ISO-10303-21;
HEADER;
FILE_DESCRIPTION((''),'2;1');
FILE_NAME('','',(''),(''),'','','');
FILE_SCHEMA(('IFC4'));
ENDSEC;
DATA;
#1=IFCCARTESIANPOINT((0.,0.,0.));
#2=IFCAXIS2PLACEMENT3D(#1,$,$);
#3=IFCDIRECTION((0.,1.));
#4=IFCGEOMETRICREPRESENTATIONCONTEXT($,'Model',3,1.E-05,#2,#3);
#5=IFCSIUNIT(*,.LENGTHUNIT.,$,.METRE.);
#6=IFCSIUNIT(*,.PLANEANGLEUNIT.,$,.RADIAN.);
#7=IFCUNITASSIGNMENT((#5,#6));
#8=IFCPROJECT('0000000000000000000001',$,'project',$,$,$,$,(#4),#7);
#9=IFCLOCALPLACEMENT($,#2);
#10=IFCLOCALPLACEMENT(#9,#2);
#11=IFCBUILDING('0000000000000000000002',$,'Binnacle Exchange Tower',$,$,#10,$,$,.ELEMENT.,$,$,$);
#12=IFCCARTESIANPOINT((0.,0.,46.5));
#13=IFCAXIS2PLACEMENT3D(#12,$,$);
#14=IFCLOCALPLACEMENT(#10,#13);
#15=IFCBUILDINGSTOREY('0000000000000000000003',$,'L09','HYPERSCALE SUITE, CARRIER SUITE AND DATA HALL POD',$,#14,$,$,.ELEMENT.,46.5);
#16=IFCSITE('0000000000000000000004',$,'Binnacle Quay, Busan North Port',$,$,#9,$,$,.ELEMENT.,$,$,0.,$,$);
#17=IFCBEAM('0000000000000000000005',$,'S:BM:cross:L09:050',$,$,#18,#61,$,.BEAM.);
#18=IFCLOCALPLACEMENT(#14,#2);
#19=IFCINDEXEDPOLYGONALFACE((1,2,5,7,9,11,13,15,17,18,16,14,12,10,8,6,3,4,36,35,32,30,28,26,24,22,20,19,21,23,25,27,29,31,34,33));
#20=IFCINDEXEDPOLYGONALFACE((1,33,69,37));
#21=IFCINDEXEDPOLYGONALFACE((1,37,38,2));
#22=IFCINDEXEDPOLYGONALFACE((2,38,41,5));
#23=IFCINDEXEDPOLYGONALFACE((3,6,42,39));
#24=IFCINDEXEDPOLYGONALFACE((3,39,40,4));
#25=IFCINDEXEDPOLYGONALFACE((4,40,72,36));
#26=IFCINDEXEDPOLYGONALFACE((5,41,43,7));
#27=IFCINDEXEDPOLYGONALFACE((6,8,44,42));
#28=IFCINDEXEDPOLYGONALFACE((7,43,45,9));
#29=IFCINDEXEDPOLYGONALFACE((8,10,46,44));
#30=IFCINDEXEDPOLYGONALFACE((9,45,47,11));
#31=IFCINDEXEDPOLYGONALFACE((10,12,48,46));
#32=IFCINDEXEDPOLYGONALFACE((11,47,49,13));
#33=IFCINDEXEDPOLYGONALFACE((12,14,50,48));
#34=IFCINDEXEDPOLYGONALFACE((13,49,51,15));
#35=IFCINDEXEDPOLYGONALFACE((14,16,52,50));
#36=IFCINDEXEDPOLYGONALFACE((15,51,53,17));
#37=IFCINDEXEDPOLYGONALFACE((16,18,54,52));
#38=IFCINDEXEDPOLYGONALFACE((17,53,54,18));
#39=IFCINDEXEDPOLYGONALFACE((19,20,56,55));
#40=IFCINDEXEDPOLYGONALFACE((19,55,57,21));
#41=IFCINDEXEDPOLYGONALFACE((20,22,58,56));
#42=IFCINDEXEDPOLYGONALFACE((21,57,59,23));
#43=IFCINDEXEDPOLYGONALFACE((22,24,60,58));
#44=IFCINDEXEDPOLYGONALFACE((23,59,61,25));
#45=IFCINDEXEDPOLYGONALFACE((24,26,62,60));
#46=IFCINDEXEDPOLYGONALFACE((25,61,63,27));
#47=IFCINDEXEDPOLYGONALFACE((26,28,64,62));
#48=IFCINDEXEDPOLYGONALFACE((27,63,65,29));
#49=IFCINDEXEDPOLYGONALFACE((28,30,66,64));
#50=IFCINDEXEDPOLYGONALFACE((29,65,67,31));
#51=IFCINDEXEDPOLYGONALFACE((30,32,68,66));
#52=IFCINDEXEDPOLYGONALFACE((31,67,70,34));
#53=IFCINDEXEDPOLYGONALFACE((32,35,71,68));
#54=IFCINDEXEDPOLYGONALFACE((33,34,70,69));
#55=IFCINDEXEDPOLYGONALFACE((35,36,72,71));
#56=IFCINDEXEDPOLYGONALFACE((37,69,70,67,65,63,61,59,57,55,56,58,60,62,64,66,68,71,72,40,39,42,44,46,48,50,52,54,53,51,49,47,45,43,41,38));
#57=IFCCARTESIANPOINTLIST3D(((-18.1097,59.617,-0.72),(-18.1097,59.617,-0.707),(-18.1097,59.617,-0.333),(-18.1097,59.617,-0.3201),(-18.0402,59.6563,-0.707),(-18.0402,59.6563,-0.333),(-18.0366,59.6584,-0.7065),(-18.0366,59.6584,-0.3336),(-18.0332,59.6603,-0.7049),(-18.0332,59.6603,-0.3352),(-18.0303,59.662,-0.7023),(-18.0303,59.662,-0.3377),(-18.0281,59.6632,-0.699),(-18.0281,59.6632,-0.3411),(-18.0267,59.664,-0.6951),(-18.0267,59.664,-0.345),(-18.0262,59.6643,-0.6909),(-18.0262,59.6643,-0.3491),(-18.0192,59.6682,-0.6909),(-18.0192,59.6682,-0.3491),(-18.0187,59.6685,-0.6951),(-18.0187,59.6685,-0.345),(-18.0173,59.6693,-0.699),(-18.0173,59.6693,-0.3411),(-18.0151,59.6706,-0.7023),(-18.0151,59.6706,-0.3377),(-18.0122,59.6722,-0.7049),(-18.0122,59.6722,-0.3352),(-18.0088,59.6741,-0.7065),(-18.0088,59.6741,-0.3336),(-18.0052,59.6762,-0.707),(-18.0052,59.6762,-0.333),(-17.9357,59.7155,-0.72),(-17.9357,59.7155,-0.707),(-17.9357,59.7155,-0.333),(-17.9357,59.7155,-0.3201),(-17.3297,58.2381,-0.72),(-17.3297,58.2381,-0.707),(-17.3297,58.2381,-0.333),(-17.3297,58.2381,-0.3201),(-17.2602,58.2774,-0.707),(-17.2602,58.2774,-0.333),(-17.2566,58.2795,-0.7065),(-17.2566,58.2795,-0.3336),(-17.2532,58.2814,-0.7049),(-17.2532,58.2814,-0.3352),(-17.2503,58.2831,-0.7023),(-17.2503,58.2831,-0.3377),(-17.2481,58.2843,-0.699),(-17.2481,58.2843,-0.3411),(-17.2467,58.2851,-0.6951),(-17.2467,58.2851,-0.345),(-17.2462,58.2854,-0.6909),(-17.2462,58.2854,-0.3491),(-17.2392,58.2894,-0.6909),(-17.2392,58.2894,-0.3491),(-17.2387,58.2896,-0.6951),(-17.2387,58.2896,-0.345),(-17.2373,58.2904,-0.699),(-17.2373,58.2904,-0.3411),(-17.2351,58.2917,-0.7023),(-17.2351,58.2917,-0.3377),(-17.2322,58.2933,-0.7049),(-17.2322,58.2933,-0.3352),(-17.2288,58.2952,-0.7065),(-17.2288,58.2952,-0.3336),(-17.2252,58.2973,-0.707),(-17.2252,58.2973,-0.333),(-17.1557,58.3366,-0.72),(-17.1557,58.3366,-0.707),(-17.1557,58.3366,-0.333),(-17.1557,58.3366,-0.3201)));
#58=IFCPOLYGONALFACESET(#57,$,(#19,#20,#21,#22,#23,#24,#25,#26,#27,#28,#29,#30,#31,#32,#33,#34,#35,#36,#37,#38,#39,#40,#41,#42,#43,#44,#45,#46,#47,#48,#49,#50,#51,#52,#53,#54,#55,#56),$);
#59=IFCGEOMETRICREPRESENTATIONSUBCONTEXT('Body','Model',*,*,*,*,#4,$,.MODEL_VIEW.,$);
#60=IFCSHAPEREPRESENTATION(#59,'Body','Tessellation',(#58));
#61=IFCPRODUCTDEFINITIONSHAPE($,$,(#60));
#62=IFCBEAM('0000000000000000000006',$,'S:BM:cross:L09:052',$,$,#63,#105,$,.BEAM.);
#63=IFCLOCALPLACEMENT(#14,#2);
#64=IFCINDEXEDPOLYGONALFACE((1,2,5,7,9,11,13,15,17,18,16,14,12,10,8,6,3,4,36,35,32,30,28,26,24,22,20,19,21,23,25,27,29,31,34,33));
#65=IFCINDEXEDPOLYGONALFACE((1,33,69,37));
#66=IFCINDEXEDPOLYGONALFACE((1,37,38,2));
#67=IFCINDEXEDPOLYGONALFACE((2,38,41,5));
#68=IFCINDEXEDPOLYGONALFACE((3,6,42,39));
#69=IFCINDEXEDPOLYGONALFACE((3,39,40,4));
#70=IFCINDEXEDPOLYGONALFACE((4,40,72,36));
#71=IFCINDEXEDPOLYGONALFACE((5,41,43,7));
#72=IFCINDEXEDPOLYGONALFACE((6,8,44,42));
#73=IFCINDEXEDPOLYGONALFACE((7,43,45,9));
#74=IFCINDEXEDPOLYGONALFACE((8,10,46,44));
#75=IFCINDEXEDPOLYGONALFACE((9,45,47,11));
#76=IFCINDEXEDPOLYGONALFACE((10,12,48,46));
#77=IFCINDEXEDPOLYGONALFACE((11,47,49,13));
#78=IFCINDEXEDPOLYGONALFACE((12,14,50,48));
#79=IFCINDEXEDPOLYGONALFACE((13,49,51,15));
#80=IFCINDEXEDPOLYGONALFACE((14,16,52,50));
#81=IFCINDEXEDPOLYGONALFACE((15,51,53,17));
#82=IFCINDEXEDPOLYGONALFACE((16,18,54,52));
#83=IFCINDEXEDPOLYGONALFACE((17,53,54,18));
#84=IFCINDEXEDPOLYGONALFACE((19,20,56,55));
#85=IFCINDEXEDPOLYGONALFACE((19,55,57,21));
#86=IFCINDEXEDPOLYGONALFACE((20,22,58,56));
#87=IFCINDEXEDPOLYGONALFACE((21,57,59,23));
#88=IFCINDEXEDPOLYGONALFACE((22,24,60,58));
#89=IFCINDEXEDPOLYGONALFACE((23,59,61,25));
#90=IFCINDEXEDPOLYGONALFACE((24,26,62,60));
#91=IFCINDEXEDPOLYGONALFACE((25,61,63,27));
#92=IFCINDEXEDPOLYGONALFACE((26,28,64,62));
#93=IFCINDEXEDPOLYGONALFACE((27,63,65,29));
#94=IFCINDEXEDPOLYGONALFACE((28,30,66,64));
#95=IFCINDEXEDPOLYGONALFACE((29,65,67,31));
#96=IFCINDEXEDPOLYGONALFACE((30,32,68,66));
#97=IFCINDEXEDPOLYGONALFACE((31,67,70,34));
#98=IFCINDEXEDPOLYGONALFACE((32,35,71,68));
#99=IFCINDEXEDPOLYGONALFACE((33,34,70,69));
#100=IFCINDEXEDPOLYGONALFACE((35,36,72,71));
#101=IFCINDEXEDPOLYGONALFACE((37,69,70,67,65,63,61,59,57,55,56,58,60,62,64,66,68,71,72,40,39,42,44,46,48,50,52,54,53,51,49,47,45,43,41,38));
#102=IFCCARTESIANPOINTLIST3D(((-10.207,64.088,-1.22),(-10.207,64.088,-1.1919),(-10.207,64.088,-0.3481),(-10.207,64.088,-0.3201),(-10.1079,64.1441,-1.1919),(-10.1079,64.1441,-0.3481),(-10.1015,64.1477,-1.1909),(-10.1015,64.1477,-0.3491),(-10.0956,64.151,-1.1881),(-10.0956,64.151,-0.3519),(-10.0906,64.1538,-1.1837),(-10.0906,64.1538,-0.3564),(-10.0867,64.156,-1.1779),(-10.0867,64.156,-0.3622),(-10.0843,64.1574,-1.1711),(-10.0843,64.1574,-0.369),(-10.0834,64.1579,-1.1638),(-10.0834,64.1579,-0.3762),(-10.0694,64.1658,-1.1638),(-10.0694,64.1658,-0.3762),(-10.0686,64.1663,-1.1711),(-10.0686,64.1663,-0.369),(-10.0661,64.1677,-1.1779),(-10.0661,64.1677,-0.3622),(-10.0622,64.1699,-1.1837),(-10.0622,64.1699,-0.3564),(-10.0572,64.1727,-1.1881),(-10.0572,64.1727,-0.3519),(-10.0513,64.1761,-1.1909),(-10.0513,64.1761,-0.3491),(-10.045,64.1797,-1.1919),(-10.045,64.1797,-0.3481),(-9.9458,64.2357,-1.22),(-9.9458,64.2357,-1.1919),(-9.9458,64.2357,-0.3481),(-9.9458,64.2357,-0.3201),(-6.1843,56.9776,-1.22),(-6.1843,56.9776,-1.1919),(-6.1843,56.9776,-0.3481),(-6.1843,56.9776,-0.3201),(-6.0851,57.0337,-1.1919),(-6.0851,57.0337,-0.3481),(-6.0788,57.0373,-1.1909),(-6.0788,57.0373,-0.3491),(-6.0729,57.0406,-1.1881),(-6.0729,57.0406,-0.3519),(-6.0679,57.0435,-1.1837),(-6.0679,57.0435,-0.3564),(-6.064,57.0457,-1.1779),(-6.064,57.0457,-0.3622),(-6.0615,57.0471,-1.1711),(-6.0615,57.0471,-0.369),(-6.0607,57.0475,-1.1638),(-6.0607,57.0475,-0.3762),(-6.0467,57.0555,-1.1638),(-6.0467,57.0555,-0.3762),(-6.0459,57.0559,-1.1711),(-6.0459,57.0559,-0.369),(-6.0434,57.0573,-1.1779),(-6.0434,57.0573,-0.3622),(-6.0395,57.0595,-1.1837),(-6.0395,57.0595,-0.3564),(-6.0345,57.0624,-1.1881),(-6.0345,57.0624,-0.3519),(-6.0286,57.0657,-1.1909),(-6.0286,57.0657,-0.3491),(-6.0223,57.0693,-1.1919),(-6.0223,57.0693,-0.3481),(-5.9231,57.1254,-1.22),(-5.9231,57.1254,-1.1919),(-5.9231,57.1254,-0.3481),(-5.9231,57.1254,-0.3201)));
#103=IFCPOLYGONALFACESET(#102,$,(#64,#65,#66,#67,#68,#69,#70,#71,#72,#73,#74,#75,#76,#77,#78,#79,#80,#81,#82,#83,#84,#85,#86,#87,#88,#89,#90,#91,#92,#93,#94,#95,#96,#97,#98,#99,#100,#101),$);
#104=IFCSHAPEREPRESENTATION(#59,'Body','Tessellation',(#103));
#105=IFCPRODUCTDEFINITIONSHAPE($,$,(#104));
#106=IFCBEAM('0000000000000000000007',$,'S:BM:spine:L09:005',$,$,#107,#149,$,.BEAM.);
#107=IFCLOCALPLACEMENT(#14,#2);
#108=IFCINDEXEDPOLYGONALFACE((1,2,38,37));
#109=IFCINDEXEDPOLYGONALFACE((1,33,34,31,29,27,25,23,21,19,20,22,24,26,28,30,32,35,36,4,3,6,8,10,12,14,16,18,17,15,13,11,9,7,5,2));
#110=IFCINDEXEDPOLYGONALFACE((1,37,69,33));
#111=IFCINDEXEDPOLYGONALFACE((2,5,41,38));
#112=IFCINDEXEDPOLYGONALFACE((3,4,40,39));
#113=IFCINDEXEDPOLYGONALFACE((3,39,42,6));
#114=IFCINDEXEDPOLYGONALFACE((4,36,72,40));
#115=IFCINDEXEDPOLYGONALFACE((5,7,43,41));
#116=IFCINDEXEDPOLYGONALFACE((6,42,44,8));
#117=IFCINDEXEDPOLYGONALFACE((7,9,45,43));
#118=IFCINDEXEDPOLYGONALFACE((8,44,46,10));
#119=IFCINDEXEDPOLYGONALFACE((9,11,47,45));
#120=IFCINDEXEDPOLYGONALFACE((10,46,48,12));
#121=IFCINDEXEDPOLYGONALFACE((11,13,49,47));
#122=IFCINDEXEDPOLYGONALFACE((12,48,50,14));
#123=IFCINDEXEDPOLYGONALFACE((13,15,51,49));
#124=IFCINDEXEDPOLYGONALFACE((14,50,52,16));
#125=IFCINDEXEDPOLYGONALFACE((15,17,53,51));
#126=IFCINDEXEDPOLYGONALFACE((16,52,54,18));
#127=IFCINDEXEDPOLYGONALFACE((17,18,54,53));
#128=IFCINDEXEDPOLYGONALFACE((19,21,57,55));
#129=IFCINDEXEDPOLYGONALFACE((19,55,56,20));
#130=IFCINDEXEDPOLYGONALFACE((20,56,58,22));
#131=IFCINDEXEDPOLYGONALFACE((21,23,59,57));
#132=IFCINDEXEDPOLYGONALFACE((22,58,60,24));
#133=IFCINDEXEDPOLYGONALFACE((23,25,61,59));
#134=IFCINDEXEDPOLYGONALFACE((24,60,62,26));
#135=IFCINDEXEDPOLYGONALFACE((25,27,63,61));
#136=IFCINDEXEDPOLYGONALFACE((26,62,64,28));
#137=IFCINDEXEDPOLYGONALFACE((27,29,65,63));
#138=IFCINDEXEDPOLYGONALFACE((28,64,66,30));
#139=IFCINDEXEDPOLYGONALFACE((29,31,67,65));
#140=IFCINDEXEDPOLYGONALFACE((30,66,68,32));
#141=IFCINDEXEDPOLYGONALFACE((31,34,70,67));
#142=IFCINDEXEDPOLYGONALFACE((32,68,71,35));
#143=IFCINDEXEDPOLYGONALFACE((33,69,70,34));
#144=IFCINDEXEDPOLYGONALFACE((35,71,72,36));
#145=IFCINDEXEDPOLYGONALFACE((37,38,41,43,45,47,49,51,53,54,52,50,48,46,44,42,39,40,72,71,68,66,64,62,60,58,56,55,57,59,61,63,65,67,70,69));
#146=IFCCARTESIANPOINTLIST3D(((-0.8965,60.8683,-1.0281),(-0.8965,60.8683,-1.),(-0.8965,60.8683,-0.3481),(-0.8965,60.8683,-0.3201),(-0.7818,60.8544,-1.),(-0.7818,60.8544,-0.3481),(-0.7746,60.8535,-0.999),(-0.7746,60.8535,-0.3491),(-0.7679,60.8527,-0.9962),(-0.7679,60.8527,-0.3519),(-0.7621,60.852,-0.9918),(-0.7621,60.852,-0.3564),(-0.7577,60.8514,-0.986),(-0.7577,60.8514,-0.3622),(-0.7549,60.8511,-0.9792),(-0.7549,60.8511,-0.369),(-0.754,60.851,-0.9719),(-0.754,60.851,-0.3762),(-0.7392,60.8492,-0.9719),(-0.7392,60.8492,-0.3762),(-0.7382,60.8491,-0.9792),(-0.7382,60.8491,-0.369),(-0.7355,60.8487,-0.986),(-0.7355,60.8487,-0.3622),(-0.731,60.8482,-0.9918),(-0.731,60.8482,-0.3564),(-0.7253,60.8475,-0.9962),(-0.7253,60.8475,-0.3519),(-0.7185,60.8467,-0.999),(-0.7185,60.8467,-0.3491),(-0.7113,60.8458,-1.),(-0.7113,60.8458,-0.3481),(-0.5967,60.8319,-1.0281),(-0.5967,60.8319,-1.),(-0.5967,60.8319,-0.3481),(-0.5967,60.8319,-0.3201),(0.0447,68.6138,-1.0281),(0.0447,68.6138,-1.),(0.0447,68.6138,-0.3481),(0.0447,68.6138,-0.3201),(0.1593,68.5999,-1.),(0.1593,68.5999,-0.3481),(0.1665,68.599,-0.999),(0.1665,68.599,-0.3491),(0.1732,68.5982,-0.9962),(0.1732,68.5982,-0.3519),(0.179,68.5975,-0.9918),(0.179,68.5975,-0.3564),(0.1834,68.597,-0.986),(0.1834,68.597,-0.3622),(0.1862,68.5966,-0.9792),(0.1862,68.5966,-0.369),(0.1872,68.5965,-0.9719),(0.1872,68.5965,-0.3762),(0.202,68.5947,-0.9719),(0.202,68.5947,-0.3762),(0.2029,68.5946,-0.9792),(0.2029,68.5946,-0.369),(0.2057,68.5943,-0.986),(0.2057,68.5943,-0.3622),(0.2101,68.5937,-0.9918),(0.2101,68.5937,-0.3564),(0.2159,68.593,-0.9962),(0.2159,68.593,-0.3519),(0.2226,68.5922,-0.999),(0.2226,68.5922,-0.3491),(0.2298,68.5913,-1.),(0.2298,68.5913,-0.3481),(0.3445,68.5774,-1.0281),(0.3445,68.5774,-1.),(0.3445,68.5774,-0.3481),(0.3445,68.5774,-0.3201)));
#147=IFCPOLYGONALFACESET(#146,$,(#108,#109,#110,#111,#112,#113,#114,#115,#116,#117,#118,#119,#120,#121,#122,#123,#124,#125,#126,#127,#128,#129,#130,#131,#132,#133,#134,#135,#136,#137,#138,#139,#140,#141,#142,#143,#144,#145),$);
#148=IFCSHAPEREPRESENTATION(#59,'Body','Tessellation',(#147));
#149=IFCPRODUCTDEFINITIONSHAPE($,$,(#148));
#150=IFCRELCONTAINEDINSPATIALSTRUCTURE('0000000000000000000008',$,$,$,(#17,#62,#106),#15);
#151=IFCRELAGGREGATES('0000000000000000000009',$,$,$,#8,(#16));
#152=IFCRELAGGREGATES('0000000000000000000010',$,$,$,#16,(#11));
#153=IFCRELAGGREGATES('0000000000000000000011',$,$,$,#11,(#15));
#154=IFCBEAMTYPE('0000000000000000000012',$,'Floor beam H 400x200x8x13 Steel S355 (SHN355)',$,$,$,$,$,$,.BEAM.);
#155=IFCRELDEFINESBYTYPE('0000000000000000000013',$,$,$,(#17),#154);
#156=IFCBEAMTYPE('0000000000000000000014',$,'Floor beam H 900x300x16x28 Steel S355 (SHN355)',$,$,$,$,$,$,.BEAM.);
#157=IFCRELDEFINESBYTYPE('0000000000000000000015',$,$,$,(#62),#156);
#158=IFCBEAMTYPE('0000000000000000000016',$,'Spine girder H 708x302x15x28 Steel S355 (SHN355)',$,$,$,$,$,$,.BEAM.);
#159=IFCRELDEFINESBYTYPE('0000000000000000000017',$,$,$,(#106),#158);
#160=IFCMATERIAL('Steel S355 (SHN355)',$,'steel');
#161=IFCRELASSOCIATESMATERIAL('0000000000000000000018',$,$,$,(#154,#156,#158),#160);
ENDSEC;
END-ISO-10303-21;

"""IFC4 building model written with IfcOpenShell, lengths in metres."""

from ifc_helpers import new_model, si_unit, direction, frame, origin, origin_2d, place, context, subcontext, project, spatial, i_section, extrude, material, material_profile, profile_set, type_object, element, save


model = new_model("IFC4")

# Units and contexts
model_context = context("Model", 3, precision=1e-05, world=origin(), true_north=direction((0.0, 1.0)))
body_context = subcontext(model_context, "Body", "Model", "MODEL_VIEW")
ifc_project = project(units=[si_unit("LENGTHUNIT", "METRE"), si_unit("PLANEANGLEUNIT", "RADIAN")], contexts=[model_context])

# Site, building, storey
site_placement = place(None, origin())
site = spatial("IfcSite", under=ifc_project, at=site_placement, Name="Binnacle Quay, Busan North Port", CompositionType="ELEMENT", RefElevation=0.0)
building_placement = place(site_placement, origin())
building = spatial("IfcBuilding", under=site, at=building_placement, Name="Binnacle Exchange Tower", CompositionType="ELEMENT")
storey_placement = place(building_placement, frame((0.0, 0.0, 46.5)))
storey = spatial("IfcBuildingStorey", under=building, at=storey_placement, Name="L09", Description="HYPERSCALE SUITE, CARRIER SUITE AND DATA HALL POD", CompositionType="ELEMENT", Elevation=46.5)

# Beams
ifc_material_1 = material(Name="Steel S355 (SHN355)", Category="steel")
ifc_material_profile_1 = material_profile(ifc_material_1, i_section(OverallWidth=0.2, OverallDepth=0.3999, WebThickness=0.0081, FlangeThickness=0.0129, FilletRadius=0.0161, at=origin_2d()), Name="H 400x200x8x13")
ifc_profile_set_1 = profile_set([ifc_material_profile_1], Name="Steel S355 (SHN355)")
beam_type_1 = type_object("IfcBeamType", Name="Floor beam H 400x200x8x13 Steel S355 (SHN355)", PredefinedType="BEAM", material=ifc_profile_set_1)
beam_1_placement = place(storey_placement, frame((-18.0227, 59.6663, -0.52), z_axis=(0.492367, -0.870388, 0.0), x_axis=(0.870388, 0.492367, 0.0)))
element("IfcBeam", 1, at=beam_1_placement, inside=storey, type_object=beam_type_1, Name="S:BM:cross:L09:050", PredefinedType="BEAM", context=body_context, shape_type="SweptSolid", body=[
    extrude(i_section(OverallWidth=0.2, OverallDepth=0.3999, WebThickness=0.0081, FlangeThickness=0.0129, FilletRadius=0.0161, at=origin_2d()), origin(), (0.0, 0.0, 1.0), 1.5842),
])
ifc_material_profile_2 = material_profile(ifc_material_1, i_section(OverallWidth=0.3, OverallDepth=0.8999, WebThickness=0.0161, FlangeThickness=0.0281, FilletRadius=0.0281, at=origin_2d()), Name="H 900x300x16x28")
ifc_profile_set_2 = profile_set([ifc_material_profile_2], Name="Steel S355 (SHN355)")
beam_type_2 = type_object("IfcBeamType", Name="Floor beam H 900x300x16x28 Steel S355 (SHN355)", PredefinedType="BEAM", material=ifc_profile_set_2)
beam_2_placement = place(storey_placement, frame((-10.0764, 64.1619, -0.77), z_axis=(0.492411, -0.870363, 0.0), x_axis=(0.870363, 0.492411, 0.0)))
element("IfcBeam", 2, at=beam_2_placement, inside=storey, type_object=beam_type_2, Name="S:BM:cross:L09:052", PredefinedType="BEAM", context=body_context, shape_type="SweptSolid", body=[
    extrude(i_section(OverallWidth=0.3, OverallDepth=0.8999, WebThickness=0.0161, FlangeThickness=0.0281, FilletRadius=0.0281, at=origin_2d()), origin(), (0.0, 0.0, 1.0), 8.1694),
])
ifc_material_profile_3 = material_profile(ifc_material_1, i_section(OverallWidth=0.302, OverallDepth=0.708, WebThickness=0.0149, FlangeThickness=0.0281, FilletRadius=0.0281, at=origin_2d()), Name="H 708x302x15x28")
ifc_profile_set_3 = profile_set([ifc_material_profile_3], Name="Steel S355 (SHN355)")
beam_type_3 = type_object("IfcBeamType", Name="Spine girder H 708x302x15x28 Steel S355 (SHN355)", PredefinedType="BEAM", material=ifc_profile_set_3)
beam_3_placement = place(storey_placement, frame((-0.7466, 60.8501, -0.6741), z_axis=(0.120622, 0.992699, 0.0), x_axis=(-0.992699, 0.120622, 0.0)))
element("IfcBeam", 3, at=beam_3_placement, inside=storey, type_object=beam_type_3, Name="S:BM:spine:L09:005", PredefinedType="BEAM", context=body_context, shape_type="SweptSolid", body=[
    extrude(i_section(OverallWidth=0.302, OverallDepth=0.708, WebThickness=0.0149, FlangeThickness=0.0281, FilletRadius=0.0281, at=origin_2d()), origin(), (0.0, 0.0, 1.0), 7.8025),
])

save(model, "model.ifc")
